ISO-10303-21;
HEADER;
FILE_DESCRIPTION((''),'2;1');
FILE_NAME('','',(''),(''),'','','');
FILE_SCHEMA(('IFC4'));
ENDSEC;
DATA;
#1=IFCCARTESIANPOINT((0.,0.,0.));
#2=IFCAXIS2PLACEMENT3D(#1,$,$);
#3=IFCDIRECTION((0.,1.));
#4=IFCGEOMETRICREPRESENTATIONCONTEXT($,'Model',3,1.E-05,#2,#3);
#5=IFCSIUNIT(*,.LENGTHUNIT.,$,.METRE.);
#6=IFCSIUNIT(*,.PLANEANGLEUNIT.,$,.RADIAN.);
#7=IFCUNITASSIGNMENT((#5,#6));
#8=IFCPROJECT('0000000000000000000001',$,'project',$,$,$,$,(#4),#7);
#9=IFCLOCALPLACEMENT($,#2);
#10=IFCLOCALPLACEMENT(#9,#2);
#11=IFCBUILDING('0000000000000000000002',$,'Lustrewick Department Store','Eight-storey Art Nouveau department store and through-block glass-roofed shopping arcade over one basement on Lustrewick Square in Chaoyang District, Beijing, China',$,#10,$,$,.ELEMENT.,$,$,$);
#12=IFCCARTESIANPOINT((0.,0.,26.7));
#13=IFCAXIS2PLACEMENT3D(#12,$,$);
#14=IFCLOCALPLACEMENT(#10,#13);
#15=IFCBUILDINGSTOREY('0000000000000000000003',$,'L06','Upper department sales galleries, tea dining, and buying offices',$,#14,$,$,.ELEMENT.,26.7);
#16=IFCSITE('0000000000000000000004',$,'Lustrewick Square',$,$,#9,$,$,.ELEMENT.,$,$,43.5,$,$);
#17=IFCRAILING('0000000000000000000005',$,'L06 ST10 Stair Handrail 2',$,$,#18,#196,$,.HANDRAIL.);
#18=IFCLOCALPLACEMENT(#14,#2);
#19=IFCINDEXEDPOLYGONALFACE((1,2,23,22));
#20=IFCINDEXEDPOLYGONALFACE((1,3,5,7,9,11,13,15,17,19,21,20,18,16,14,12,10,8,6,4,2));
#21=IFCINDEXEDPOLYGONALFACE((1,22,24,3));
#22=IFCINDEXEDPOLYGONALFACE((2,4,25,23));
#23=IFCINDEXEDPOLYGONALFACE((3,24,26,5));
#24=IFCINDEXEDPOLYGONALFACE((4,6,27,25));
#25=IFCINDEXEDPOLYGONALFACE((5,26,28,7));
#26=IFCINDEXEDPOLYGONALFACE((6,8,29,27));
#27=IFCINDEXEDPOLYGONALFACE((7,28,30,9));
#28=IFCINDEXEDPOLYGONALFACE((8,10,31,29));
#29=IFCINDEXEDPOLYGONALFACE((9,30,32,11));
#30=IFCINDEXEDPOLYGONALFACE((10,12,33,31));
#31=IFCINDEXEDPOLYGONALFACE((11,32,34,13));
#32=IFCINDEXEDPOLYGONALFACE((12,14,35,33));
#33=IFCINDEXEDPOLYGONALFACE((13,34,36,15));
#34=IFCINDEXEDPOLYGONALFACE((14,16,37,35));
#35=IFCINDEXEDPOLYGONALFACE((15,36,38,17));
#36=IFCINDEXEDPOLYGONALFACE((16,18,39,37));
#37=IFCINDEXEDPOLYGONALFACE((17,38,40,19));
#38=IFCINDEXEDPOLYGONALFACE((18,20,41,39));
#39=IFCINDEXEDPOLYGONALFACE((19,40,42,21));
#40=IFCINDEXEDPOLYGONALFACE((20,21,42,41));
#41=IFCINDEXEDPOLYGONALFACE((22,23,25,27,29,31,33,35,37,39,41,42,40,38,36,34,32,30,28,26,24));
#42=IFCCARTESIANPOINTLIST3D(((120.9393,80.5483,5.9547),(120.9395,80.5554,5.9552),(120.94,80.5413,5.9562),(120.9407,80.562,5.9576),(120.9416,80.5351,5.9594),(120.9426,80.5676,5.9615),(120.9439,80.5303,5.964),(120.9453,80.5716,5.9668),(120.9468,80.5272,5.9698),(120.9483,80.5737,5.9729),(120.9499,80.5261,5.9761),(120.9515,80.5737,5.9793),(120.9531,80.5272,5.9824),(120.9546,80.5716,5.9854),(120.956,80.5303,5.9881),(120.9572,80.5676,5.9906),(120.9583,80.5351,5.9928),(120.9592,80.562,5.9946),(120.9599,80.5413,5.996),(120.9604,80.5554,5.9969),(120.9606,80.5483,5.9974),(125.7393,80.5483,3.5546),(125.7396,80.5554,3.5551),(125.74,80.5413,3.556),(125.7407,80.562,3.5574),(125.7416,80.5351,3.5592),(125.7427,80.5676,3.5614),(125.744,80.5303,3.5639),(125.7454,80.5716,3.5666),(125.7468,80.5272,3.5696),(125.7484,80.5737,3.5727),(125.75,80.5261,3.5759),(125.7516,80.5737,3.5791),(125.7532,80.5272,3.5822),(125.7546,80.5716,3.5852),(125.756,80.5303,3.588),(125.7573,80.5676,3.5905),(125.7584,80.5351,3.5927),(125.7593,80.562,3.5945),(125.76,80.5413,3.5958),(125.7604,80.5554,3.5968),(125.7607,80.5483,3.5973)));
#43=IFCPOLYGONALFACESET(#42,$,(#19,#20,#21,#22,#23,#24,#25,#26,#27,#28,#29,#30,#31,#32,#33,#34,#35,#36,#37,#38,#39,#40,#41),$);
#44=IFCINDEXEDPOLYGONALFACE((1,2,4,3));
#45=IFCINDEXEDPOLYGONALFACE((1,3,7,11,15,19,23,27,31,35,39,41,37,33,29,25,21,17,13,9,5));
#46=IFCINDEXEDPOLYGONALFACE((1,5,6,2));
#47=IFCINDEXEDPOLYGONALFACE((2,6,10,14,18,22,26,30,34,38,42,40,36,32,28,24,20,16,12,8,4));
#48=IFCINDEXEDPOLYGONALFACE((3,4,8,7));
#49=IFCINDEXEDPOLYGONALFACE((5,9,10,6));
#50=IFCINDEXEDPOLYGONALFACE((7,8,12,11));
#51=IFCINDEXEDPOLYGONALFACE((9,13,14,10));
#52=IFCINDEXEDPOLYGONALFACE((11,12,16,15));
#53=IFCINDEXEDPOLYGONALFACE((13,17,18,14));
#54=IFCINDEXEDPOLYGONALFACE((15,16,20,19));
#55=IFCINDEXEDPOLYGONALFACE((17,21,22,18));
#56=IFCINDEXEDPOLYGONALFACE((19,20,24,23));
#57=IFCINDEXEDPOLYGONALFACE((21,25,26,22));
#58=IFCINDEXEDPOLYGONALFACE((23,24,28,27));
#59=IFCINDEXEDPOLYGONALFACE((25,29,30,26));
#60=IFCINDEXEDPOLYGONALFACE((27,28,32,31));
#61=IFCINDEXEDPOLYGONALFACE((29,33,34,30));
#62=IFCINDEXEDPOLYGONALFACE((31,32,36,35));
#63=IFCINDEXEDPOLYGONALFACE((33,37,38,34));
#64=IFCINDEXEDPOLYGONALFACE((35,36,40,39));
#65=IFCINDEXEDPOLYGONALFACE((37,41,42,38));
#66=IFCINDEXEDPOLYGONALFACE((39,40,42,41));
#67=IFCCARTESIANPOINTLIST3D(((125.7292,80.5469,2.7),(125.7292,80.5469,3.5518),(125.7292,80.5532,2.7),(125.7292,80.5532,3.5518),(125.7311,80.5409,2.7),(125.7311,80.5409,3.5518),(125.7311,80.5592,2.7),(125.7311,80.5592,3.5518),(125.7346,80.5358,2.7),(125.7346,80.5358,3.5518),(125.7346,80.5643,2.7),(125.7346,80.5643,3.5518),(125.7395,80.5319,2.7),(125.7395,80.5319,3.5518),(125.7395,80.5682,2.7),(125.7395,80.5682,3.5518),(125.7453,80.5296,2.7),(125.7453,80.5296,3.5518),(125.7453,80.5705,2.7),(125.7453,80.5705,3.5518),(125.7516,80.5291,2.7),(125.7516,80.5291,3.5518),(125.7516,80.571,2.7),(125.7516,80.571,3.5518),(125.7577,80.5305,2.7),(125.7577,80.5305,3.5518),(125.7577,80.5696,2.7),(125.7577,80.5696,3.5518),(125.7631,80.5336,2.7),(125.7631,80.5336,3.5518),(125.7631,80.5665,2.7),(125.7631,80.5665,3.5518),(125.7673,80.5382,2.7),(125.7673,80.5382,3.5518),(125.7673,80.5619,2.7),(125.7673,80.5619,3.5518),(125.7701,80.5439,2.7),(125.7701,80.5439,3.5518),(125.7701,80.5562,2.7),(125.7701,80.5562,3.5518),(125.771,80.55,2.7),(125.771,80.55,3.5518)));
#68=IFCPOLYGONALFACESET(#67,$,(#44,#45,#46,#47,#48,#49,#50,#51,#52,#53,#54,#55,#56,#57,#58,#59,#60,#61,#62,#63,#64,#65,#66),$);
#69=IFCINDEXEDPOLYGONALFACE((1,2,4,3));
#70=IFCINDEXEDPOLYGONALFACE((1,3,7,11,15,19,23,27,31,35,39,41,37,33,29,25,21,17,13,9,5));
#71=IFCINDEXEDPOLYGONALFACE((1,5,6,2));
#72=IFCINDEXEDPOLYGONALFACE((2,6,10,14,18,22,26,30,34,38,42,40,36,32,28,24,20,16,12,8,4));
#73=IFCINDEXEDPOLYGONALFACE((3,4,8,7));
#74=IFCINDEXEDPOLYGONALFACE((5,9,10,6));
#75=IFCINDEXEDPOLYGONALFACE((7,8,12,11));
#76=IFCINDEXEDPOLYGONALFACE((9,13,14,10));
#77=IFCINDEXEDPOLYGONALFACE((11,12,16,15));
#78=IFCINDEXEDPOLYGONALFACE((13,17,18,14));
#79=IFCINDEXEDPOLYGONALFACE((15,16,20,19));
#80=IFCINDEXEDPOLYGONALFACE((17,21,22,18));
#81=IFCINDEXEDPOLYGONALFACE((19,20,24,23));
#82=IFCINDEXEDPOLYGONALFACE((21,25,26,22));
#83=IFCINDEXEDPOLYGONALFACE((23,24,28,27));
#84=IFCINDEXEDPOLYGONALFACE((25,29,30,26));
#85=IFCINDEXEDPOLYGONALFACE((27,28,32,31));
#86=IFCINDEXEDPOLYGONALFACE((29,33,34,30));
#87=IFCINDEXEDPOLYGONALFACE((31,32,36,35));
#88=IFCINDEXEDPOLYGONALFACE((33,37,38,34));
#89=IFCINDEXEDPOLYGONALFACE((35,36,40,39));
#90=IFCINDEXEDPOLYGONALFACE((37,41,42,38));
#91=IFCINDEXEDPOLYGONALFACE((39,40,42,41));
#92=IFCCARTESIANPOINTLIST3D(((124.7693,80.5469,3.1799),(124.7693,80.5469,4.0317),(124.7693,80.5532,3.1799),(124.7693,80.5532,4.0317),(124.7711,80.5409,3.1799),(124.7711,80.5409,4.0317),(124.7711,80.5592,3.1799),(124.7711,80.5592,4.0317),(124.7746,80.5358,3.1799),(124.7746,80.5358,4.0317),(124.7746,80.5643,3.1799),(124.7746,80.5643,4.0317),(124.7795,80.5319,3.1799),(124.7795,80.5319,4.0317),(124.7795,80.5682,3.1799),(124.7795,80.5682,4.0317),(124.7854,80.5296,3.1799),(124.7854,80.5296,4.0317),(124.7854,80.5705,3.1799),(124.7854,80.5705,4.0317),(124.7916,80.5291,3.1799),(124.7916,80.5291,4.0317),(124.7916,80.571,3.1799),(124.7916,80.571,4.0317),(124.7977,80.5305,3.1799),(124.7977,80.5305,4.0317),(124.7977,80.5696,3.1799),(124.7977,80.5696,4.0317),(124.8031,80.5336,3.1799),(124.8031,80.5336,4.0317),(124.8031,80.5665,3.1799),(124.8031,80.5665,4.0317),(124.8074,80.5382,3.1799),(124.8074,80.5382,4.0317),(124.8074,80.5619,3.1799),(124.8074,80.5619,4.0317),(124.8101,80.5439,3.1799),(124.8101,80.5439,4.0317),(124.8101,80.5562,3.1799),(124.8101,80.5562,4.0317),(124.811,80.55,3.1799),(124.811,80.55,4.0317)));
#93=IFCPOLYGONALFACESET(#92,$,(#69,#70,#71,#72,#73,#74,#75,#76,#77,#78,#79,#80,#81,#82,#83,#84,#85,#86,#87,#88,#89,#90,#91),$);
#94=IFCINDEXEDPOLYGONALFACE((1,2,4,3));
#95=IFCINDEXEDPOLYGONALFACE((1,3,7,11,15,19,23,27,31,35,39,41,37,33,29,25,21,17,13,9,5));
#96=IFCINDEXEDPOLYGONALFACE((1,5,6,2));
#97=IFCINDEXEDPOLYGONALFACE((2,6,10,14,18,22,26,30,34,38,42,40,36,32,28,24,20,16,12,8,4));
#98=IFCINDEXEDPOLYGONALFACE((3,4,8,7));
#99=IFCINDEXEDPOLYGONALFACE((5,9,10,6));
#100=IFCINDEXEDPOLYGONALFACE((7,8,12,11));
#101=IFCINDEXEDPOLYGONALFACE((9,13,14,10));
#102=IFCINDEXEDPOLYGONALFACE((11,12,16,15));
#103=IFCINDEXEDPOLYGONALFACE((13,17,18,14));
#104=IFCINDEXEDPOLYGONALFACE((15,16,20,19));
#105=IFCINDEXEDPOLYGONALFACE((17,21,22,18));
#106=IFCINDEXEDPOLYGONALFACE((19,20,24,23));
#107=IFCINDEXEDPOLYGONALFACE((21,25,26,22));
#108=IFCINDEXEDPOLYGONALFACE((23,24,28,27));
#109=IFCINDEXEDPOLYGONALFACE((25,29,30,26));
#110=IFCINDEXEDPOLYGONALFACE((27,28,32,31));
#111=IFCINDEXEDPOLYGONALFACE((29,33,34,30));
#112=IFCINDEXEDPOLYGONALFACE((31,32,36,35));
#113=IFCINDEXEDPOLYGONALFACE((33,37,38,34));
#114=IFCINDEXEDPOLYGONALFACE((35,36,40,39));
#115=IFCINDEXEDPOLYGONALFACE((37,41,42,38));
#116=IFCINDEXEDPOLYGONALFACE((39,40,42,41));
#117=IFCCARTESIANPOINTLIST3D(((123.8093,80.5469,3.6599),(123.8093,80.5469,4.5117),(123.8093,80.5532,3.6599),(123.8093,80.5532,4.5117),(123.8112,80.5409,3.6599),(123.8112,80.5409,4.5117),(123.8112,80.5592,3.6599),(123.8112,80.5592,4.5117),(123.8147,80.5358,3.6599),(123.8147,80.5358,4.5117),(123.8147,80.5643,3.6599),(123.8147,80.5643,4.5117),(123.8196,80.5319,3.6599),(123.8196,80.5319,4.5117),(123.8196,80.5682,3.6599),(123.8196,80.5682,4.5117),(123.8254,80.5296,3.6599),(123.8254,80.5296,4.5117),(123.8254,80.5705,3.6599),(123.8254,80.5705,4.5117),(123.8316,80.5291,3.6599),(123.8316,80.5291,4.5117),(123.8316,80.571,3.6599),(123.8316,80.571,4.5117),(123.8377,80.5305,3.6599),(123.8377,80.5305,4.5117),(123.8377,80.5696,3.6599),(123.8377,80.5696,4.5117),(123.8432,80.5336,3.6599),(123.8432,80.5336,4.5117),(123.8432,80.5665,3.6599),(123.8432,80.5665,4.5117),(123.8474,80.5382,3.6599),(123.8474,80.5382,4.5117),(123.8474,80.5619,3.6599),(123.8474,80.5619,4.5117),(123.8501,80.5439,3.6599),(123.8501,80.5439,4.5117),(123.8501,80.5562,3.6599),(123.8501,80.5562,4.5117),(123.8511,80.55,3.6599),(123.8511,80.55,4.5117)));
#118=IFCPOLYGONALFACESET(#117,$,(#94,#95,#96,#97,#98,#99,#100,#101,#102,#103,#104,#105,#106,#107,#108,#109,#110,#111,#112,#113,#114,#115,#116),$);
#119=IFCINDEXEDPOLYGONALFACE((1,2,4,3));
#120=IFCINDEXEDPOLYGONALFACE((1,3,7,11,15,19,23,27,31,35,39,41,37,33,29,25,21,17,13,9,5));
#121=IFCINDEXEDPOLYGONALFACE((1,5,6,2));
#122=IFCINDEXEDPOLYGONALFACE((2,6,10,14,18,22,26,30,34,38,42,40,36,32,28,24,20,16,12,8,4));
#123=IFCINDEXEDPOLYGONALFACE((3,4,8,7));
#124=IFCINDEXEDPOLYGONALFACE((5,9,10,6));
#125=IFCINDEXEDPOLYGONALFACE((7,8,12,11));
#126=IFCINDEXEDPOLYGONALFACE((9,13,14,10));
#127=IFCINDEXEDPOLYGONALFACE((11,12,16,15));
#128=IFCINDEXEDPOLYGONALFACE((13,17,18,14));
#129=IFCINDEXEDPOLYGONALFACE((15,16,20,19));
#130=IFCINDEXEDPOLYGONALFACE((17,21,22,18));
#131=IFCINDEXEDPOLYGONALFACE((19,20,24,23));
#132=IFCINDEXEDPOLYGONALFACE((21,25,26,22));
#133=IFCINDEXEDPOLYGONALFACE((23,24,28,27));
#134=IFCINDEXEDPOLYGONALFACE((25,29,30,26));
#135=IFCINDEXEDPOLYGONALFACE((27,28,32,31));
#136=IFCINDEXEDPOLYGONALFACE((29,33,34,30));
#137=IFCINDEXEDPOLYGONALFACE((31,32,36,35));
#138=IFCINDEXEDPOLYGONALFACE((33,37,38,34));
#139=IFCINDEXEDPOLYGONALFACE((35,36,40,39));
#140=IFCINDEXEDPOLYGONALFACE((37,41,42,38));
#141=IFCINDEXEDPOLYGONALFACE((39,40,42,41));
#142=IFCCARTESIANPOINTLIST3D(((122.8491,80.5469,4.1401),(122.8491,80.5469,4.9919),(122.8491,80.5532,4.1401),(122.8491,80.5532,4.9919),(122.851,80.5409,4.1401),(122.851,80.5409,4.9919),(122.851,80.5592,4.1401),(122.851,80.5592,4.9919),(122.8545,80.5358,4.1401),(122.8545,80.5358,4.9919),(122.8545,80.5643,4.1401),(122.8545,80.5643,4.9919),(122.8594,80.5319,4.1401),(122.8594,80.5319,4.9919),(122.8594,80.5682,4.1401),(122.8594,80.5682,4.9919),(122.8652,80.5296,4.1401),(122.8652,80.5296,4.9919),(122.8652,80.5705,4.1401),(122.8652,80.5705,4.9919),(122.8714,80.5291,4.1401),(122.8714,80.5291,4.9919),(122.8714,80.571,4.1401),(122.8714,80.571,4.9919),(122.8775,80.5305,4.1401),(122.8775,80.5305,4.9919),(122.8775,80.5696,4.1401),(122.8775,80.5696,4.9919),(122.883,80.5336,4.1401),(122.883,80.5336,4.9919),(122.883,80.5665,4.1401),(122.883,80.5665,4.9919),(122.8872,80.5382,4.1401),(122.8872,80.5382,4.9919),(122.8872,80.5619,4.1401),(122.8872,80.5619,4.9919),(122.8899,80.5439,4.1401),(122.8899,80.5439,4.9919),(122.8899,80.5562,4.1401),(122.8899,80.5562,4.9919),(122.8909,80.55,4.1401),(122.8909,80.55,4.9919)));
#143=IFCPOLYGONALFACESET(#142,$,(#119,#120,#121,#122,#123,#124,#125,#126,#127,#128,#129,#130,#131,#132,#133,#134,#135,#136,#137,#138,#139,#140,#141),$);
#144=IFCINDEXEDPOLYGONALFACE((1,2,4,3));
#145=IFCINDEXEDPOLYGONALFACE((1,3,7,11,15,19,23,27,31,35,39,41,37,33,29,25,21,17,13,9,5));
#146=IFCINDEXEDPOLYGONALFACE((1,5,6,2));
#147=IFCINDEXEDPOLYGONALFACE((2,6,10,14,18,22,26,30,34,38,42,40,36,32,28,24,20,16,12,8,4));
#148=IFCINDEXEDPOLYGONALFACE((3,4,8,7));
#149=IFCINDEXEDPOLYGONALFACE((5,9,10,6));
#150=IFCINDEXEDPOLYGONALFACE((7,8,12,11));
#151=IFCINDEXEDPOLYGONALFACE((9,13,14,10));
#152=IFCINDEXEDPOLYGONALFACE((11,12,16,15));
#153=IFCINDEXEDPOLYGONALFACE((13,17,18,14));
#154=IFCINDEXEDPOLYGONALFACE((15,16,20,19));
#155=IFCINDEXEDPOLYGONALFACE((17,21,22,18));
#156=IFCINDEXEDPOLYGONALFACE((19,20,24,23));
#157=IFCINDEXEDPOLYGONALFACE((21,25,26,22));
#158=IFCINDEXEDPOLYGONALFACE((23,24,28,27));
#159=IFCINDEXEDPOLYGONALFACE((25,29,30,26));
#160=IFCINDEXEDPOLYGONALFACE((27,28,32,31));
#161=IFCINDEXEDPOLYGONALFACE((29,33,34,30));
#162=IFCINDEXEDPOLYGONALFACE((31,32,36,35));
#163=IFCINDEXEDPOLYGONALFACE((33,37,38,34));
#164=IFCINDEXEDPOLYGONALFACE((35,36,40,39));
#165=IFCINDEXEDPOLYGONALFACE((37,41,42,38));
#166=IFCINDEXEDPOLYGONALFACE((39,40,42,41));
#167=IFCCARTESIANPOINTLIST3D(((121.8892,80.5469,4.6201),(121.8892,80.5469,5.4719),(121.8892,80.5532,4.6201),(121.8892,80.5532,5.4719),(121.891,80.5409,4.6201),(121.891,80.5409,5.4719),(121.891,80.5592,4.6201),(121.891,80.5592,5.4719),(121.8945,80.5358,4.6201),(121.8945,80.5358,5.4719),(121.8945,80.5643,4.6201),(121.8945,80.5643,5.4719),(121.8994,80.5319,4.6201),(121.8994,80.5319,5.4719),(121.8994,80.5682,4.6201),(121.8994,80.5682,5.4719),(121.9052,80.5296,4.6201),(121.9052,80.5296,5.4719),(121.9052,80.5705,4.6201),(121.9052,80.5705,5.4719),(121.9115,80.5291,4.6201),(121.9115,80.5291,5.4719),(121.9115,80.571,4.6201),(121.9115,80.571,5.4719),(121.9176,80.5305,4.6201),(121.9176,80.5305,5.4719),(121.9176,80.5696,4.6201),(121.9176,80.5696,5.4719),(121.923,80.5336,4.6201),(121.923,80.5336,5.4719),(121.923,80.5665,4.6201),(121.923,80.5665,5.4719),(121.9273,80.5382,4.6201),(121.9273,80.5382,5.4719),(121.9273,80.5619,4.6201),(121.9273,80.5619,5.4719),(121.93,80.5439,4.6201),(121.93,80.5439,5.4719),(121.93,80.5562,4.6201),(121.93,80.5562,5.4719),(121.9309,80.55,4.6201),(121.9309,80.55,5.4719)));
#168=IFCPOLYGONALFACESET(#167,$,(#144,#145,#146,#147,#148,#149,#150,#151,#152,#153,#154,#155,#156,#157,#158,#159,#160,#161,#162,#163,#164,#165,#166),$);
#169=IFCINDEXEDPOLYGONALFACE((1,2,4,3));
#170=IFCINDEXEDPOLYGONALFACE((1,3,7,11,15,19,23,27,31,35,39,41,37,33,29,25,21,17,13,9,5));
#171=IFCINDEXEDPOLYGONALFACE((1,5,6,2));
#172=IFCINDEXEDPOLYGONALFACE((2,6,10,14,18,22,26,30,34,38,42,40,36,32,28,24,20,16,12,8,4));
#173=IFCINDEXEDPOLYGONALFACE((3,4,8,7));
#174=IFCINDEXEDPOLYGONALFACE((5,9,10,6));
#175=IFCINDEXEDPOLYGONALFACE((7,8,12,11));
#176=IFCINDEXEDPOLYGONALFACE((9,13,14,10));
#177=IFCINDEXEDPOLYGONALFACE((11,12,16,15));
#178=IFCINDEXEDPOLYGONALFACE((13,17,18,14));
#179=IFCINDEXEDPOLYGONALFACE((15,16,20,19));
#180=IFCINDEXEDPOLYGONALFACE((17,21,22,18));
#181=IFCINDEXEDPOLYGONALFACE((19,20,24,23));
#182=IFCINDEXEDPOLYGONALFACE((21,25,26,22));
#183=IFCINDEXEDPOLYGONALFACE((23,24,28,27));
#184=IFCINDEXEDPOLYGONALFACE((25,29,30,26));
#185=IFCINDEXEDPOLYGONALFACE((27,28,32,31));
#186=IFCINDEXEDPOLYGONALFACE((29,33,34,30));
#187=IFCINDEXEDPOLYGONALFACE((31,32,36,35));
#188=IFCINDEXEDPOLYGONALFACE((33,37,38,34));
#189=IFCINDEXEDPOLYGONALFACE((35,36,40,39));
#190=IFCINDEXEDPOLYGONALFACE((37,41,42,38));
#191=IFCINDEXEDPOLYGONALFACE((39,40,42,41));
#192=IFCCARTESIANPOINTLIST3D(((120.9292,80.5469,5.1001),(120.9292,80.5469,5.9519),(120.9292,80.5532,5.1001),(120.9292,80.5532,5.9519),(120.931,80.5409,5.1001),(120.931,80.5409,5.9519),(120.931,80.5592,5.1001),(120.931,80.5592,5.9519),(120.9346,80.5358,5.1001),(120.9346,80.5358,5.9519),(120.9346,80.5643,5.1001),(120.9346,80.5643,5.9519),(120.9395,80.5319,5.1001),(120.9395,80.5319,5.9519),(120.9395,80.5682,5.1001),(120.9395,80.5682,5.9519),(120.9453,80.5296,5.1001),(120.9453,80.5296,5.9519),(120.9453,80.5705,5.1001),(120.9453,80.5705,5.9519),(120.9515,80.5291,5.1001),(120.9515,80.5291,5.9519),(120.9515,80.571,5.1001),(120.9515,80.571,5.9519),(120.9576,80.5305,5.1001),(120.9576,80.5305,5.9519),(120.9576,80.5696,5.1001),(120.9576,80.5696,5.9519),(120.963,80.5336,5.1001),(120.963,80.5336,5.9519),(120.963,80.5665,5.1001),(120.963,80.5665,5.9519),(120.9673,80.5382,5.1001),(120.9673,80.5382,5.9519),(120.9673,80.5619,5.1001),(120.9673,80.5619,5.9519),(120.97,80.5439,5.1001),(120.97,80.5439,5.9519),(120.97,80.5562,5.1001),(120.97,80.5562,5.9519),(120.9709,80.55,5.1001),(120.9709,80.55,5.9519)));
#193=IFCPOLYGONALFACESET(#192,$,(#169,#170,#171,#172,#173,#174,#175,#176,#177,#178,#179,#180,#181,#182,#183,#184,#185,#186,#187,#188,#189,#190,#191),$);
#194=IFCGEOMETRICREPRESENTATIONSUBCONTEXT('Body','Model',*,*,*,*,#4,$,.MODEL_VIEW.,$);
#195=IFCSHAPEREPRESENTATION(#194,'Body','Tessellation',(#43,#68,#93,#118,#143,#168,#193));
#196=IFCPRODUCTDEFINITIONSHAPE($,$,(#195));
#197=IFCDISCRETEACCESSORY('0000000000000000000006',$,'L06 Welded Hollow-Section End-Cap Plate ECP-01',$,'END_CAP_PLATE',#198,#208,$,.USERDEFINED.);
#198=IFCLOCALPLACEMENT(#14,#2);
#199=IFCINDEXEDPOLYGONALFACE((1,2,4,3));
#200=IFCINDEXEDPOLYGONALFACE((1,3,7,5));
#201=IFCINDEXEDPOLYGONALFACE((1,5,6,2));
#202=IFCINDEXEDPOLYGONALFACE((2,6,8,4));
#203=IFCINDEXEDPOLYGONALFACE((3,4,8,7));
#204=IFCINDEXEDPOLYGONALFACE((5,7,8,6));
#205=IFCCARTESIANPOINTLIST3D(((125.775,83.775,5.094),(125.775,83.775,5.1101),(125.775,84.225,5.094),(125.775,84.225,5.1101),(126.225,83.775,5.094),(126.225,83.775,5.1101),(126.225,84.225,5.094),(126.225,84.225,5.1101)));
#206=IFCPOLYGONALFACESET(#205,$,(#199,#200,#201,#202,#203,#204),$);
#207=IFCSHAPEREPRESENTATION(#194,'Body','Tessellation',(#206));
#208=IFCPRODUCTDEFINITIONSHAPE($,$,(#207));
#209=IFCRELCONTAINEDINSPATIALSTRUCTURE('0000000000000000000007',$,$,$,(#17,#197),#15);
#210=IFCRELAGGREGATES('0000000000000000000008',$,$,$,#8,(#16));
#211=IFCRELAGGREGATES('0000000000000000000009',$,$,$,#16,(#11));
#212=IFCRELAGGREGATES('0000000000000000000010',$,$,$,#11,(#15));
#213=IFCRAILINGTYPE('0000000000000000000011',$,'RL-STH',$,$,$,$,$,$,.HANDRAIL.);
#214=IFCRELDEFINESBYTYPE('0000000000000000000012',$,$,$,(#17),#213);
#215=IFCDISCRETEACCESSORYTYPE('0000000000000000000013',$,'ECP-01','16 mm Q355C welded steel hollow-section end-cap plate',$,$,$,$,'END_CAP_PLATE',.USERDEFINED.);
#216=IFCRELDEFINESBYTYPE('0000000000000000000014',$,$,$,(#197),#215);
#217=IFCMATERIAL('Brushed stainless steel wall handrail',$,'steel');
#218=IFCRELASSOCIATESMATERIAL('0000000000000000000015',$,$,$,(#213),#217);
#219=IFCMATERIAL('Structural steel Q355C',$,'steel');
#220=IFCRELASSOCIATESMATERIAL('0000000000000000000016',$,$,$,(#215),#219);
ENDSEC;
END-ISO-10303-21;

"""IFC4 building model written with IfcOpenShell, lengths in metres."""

from ifc_helpers import new_model, si_unit, direction, frame, origin, origin_2d, place, context, subcontext, project, spatial, rectangle, circle, extrude, material, type_object, element, save


model = new_model("IFC4")

# Units and contexts
model_context = context("Model", 3, precision=1e-05, world=origin(), true_north=direction((0.0, 1.0)))
body_context = subcontext(model_context, "Body", "Model", "MODEL_VIEW")
ifc_project = project(units=[si_unit("LENGTHUNIT", "METRE"), si_unit("PLANEANGLEUNIT", "RADIAN")], contexts=[model_context])

# Site, building, storey
site_placement = place(None, origin())
site = spatial("IfcSite", under=ifc_project, at=site_placement, Name="Lustrewick Square", CompositionType="ELEMENT", RefElevation=43.5)
building_placement = place(site_placement, origin())
building = spatial("IfcBuilding", under=site, at=building_placement, Name="Lustrewick Department Store", Description="Eight-storey Art Nouveau department store and through-block glass-roofed shopping arcade over one basement on Lustrewick Square in Chaoyang District, Beijing, China", CompositionType="ELEMENT")
storey_placement = place(building_placement, frame((0.0, 0.0, 26.7)))
storey = spatial("IfcBuildingStorey", under=building, at=storey_placement, Name="L06", Description="Upper department sales galleries, tea dining, and buying offices", CompositionType="ELEMENT", Elevation=26.7)

# Shared definitions
ifc_material_1 = material(Name="Structural steel Q355C", Category="steel")

# Railing
ifc_material_2 = material(Name="Brushed stainless steel wall handrail", Category="steel")
railing_type_1 = type_object("IfcRailingType", Name="RL-STH", PredefinedType="HANDRAIL", material=ifc_material_2)
railing_1_placement = place(storey_placement, frame((125.75, 80.55, 2.7)))
element("IfcRailing", 1, at=railing_1_placement, inside=storey, type_object=railing_type_1, Name="L06 ST10 Stair Handrail 2", PredefinedType="HANDRAIL", context=body_context, shape_type="SweptSolid", body=[
    extrude(circle(Radius=0.0239, at=origin_2d()), frame((0.0, 0.0, 0.876), z_axis=(-0.894418, 0.0, 0.447232), x_axis=(0.0, -1.0, 0.0)), (0.0, 0.0, 1.0), 5.3667),
    extrude(circle(Radius=0.021, at=origin_2d()), origin(), (0.0, 0.0, 1.0), 0.8518),
    extrude(circle(Radius=0.021, at=origin_2d()), frame((-0.96, 0.0, 0.48)), (0.0, 0.0, 1.0), 0.8518),
    extrude(circle(Radius=0.021, at=origin_2d()), frame((-1.9199, 0.0, 0.96)), (0.0, 0.0, 1.0), 0.8518),
    extrude(circle(Radius=0.021, at=origin_2d()), frame((-2.8801, 0.0, 1.4402)), (0.0, 0.0, 1.0), 0.8518),
    extrude(circle(Radius=0.021, at=origin_2d()), frame((-3.8401, 0.0, 1.9202)), (0.0, 0.0, 1.0), 0.8518),
    extrude(circle(Radius=0.021, at=origin_2d()), frame((-4.8, 0.0, 2.4001)), (0.0, 0.0, 1.0), 0.8518),
])

# Discrete accessory
discrete_accessory_type = type_object("IfcDiscreteAccessoryType", Name="ECP-01", Description="16 mm Q355C welded steel hollow-section end-cap plate", ElementType="END_CAP_PLATE", PredefinedType="USERDEFINED", material=ifc_material_1)
discrete_accessory_placement = place(storey_placement, frame((126.0, 84.0, 5.094), z_axis=(0.0, 0.0, 1.0), x_axis=(1.0, 0.0, 0.0)))
element("IfcDiscreteAccessory", 2, at=discrete_accessory_placement, inside=storey, type_object=discrete_accessory_type, Name="L06 Welded Hollow-Section End-Cap Plate ECP-01", ObjectType="END_CAP_PLATE", PredefinedType="USERDEFINED", context=body_context, shape_type="SweptSolid", body=[
    extrude(rectangle(XDim=0.45, YDim=0.45, at=origin_2d()), origin(), (0.0, 0.0, 1.0), 0.0161),
])

save(model, "model.ifc")
